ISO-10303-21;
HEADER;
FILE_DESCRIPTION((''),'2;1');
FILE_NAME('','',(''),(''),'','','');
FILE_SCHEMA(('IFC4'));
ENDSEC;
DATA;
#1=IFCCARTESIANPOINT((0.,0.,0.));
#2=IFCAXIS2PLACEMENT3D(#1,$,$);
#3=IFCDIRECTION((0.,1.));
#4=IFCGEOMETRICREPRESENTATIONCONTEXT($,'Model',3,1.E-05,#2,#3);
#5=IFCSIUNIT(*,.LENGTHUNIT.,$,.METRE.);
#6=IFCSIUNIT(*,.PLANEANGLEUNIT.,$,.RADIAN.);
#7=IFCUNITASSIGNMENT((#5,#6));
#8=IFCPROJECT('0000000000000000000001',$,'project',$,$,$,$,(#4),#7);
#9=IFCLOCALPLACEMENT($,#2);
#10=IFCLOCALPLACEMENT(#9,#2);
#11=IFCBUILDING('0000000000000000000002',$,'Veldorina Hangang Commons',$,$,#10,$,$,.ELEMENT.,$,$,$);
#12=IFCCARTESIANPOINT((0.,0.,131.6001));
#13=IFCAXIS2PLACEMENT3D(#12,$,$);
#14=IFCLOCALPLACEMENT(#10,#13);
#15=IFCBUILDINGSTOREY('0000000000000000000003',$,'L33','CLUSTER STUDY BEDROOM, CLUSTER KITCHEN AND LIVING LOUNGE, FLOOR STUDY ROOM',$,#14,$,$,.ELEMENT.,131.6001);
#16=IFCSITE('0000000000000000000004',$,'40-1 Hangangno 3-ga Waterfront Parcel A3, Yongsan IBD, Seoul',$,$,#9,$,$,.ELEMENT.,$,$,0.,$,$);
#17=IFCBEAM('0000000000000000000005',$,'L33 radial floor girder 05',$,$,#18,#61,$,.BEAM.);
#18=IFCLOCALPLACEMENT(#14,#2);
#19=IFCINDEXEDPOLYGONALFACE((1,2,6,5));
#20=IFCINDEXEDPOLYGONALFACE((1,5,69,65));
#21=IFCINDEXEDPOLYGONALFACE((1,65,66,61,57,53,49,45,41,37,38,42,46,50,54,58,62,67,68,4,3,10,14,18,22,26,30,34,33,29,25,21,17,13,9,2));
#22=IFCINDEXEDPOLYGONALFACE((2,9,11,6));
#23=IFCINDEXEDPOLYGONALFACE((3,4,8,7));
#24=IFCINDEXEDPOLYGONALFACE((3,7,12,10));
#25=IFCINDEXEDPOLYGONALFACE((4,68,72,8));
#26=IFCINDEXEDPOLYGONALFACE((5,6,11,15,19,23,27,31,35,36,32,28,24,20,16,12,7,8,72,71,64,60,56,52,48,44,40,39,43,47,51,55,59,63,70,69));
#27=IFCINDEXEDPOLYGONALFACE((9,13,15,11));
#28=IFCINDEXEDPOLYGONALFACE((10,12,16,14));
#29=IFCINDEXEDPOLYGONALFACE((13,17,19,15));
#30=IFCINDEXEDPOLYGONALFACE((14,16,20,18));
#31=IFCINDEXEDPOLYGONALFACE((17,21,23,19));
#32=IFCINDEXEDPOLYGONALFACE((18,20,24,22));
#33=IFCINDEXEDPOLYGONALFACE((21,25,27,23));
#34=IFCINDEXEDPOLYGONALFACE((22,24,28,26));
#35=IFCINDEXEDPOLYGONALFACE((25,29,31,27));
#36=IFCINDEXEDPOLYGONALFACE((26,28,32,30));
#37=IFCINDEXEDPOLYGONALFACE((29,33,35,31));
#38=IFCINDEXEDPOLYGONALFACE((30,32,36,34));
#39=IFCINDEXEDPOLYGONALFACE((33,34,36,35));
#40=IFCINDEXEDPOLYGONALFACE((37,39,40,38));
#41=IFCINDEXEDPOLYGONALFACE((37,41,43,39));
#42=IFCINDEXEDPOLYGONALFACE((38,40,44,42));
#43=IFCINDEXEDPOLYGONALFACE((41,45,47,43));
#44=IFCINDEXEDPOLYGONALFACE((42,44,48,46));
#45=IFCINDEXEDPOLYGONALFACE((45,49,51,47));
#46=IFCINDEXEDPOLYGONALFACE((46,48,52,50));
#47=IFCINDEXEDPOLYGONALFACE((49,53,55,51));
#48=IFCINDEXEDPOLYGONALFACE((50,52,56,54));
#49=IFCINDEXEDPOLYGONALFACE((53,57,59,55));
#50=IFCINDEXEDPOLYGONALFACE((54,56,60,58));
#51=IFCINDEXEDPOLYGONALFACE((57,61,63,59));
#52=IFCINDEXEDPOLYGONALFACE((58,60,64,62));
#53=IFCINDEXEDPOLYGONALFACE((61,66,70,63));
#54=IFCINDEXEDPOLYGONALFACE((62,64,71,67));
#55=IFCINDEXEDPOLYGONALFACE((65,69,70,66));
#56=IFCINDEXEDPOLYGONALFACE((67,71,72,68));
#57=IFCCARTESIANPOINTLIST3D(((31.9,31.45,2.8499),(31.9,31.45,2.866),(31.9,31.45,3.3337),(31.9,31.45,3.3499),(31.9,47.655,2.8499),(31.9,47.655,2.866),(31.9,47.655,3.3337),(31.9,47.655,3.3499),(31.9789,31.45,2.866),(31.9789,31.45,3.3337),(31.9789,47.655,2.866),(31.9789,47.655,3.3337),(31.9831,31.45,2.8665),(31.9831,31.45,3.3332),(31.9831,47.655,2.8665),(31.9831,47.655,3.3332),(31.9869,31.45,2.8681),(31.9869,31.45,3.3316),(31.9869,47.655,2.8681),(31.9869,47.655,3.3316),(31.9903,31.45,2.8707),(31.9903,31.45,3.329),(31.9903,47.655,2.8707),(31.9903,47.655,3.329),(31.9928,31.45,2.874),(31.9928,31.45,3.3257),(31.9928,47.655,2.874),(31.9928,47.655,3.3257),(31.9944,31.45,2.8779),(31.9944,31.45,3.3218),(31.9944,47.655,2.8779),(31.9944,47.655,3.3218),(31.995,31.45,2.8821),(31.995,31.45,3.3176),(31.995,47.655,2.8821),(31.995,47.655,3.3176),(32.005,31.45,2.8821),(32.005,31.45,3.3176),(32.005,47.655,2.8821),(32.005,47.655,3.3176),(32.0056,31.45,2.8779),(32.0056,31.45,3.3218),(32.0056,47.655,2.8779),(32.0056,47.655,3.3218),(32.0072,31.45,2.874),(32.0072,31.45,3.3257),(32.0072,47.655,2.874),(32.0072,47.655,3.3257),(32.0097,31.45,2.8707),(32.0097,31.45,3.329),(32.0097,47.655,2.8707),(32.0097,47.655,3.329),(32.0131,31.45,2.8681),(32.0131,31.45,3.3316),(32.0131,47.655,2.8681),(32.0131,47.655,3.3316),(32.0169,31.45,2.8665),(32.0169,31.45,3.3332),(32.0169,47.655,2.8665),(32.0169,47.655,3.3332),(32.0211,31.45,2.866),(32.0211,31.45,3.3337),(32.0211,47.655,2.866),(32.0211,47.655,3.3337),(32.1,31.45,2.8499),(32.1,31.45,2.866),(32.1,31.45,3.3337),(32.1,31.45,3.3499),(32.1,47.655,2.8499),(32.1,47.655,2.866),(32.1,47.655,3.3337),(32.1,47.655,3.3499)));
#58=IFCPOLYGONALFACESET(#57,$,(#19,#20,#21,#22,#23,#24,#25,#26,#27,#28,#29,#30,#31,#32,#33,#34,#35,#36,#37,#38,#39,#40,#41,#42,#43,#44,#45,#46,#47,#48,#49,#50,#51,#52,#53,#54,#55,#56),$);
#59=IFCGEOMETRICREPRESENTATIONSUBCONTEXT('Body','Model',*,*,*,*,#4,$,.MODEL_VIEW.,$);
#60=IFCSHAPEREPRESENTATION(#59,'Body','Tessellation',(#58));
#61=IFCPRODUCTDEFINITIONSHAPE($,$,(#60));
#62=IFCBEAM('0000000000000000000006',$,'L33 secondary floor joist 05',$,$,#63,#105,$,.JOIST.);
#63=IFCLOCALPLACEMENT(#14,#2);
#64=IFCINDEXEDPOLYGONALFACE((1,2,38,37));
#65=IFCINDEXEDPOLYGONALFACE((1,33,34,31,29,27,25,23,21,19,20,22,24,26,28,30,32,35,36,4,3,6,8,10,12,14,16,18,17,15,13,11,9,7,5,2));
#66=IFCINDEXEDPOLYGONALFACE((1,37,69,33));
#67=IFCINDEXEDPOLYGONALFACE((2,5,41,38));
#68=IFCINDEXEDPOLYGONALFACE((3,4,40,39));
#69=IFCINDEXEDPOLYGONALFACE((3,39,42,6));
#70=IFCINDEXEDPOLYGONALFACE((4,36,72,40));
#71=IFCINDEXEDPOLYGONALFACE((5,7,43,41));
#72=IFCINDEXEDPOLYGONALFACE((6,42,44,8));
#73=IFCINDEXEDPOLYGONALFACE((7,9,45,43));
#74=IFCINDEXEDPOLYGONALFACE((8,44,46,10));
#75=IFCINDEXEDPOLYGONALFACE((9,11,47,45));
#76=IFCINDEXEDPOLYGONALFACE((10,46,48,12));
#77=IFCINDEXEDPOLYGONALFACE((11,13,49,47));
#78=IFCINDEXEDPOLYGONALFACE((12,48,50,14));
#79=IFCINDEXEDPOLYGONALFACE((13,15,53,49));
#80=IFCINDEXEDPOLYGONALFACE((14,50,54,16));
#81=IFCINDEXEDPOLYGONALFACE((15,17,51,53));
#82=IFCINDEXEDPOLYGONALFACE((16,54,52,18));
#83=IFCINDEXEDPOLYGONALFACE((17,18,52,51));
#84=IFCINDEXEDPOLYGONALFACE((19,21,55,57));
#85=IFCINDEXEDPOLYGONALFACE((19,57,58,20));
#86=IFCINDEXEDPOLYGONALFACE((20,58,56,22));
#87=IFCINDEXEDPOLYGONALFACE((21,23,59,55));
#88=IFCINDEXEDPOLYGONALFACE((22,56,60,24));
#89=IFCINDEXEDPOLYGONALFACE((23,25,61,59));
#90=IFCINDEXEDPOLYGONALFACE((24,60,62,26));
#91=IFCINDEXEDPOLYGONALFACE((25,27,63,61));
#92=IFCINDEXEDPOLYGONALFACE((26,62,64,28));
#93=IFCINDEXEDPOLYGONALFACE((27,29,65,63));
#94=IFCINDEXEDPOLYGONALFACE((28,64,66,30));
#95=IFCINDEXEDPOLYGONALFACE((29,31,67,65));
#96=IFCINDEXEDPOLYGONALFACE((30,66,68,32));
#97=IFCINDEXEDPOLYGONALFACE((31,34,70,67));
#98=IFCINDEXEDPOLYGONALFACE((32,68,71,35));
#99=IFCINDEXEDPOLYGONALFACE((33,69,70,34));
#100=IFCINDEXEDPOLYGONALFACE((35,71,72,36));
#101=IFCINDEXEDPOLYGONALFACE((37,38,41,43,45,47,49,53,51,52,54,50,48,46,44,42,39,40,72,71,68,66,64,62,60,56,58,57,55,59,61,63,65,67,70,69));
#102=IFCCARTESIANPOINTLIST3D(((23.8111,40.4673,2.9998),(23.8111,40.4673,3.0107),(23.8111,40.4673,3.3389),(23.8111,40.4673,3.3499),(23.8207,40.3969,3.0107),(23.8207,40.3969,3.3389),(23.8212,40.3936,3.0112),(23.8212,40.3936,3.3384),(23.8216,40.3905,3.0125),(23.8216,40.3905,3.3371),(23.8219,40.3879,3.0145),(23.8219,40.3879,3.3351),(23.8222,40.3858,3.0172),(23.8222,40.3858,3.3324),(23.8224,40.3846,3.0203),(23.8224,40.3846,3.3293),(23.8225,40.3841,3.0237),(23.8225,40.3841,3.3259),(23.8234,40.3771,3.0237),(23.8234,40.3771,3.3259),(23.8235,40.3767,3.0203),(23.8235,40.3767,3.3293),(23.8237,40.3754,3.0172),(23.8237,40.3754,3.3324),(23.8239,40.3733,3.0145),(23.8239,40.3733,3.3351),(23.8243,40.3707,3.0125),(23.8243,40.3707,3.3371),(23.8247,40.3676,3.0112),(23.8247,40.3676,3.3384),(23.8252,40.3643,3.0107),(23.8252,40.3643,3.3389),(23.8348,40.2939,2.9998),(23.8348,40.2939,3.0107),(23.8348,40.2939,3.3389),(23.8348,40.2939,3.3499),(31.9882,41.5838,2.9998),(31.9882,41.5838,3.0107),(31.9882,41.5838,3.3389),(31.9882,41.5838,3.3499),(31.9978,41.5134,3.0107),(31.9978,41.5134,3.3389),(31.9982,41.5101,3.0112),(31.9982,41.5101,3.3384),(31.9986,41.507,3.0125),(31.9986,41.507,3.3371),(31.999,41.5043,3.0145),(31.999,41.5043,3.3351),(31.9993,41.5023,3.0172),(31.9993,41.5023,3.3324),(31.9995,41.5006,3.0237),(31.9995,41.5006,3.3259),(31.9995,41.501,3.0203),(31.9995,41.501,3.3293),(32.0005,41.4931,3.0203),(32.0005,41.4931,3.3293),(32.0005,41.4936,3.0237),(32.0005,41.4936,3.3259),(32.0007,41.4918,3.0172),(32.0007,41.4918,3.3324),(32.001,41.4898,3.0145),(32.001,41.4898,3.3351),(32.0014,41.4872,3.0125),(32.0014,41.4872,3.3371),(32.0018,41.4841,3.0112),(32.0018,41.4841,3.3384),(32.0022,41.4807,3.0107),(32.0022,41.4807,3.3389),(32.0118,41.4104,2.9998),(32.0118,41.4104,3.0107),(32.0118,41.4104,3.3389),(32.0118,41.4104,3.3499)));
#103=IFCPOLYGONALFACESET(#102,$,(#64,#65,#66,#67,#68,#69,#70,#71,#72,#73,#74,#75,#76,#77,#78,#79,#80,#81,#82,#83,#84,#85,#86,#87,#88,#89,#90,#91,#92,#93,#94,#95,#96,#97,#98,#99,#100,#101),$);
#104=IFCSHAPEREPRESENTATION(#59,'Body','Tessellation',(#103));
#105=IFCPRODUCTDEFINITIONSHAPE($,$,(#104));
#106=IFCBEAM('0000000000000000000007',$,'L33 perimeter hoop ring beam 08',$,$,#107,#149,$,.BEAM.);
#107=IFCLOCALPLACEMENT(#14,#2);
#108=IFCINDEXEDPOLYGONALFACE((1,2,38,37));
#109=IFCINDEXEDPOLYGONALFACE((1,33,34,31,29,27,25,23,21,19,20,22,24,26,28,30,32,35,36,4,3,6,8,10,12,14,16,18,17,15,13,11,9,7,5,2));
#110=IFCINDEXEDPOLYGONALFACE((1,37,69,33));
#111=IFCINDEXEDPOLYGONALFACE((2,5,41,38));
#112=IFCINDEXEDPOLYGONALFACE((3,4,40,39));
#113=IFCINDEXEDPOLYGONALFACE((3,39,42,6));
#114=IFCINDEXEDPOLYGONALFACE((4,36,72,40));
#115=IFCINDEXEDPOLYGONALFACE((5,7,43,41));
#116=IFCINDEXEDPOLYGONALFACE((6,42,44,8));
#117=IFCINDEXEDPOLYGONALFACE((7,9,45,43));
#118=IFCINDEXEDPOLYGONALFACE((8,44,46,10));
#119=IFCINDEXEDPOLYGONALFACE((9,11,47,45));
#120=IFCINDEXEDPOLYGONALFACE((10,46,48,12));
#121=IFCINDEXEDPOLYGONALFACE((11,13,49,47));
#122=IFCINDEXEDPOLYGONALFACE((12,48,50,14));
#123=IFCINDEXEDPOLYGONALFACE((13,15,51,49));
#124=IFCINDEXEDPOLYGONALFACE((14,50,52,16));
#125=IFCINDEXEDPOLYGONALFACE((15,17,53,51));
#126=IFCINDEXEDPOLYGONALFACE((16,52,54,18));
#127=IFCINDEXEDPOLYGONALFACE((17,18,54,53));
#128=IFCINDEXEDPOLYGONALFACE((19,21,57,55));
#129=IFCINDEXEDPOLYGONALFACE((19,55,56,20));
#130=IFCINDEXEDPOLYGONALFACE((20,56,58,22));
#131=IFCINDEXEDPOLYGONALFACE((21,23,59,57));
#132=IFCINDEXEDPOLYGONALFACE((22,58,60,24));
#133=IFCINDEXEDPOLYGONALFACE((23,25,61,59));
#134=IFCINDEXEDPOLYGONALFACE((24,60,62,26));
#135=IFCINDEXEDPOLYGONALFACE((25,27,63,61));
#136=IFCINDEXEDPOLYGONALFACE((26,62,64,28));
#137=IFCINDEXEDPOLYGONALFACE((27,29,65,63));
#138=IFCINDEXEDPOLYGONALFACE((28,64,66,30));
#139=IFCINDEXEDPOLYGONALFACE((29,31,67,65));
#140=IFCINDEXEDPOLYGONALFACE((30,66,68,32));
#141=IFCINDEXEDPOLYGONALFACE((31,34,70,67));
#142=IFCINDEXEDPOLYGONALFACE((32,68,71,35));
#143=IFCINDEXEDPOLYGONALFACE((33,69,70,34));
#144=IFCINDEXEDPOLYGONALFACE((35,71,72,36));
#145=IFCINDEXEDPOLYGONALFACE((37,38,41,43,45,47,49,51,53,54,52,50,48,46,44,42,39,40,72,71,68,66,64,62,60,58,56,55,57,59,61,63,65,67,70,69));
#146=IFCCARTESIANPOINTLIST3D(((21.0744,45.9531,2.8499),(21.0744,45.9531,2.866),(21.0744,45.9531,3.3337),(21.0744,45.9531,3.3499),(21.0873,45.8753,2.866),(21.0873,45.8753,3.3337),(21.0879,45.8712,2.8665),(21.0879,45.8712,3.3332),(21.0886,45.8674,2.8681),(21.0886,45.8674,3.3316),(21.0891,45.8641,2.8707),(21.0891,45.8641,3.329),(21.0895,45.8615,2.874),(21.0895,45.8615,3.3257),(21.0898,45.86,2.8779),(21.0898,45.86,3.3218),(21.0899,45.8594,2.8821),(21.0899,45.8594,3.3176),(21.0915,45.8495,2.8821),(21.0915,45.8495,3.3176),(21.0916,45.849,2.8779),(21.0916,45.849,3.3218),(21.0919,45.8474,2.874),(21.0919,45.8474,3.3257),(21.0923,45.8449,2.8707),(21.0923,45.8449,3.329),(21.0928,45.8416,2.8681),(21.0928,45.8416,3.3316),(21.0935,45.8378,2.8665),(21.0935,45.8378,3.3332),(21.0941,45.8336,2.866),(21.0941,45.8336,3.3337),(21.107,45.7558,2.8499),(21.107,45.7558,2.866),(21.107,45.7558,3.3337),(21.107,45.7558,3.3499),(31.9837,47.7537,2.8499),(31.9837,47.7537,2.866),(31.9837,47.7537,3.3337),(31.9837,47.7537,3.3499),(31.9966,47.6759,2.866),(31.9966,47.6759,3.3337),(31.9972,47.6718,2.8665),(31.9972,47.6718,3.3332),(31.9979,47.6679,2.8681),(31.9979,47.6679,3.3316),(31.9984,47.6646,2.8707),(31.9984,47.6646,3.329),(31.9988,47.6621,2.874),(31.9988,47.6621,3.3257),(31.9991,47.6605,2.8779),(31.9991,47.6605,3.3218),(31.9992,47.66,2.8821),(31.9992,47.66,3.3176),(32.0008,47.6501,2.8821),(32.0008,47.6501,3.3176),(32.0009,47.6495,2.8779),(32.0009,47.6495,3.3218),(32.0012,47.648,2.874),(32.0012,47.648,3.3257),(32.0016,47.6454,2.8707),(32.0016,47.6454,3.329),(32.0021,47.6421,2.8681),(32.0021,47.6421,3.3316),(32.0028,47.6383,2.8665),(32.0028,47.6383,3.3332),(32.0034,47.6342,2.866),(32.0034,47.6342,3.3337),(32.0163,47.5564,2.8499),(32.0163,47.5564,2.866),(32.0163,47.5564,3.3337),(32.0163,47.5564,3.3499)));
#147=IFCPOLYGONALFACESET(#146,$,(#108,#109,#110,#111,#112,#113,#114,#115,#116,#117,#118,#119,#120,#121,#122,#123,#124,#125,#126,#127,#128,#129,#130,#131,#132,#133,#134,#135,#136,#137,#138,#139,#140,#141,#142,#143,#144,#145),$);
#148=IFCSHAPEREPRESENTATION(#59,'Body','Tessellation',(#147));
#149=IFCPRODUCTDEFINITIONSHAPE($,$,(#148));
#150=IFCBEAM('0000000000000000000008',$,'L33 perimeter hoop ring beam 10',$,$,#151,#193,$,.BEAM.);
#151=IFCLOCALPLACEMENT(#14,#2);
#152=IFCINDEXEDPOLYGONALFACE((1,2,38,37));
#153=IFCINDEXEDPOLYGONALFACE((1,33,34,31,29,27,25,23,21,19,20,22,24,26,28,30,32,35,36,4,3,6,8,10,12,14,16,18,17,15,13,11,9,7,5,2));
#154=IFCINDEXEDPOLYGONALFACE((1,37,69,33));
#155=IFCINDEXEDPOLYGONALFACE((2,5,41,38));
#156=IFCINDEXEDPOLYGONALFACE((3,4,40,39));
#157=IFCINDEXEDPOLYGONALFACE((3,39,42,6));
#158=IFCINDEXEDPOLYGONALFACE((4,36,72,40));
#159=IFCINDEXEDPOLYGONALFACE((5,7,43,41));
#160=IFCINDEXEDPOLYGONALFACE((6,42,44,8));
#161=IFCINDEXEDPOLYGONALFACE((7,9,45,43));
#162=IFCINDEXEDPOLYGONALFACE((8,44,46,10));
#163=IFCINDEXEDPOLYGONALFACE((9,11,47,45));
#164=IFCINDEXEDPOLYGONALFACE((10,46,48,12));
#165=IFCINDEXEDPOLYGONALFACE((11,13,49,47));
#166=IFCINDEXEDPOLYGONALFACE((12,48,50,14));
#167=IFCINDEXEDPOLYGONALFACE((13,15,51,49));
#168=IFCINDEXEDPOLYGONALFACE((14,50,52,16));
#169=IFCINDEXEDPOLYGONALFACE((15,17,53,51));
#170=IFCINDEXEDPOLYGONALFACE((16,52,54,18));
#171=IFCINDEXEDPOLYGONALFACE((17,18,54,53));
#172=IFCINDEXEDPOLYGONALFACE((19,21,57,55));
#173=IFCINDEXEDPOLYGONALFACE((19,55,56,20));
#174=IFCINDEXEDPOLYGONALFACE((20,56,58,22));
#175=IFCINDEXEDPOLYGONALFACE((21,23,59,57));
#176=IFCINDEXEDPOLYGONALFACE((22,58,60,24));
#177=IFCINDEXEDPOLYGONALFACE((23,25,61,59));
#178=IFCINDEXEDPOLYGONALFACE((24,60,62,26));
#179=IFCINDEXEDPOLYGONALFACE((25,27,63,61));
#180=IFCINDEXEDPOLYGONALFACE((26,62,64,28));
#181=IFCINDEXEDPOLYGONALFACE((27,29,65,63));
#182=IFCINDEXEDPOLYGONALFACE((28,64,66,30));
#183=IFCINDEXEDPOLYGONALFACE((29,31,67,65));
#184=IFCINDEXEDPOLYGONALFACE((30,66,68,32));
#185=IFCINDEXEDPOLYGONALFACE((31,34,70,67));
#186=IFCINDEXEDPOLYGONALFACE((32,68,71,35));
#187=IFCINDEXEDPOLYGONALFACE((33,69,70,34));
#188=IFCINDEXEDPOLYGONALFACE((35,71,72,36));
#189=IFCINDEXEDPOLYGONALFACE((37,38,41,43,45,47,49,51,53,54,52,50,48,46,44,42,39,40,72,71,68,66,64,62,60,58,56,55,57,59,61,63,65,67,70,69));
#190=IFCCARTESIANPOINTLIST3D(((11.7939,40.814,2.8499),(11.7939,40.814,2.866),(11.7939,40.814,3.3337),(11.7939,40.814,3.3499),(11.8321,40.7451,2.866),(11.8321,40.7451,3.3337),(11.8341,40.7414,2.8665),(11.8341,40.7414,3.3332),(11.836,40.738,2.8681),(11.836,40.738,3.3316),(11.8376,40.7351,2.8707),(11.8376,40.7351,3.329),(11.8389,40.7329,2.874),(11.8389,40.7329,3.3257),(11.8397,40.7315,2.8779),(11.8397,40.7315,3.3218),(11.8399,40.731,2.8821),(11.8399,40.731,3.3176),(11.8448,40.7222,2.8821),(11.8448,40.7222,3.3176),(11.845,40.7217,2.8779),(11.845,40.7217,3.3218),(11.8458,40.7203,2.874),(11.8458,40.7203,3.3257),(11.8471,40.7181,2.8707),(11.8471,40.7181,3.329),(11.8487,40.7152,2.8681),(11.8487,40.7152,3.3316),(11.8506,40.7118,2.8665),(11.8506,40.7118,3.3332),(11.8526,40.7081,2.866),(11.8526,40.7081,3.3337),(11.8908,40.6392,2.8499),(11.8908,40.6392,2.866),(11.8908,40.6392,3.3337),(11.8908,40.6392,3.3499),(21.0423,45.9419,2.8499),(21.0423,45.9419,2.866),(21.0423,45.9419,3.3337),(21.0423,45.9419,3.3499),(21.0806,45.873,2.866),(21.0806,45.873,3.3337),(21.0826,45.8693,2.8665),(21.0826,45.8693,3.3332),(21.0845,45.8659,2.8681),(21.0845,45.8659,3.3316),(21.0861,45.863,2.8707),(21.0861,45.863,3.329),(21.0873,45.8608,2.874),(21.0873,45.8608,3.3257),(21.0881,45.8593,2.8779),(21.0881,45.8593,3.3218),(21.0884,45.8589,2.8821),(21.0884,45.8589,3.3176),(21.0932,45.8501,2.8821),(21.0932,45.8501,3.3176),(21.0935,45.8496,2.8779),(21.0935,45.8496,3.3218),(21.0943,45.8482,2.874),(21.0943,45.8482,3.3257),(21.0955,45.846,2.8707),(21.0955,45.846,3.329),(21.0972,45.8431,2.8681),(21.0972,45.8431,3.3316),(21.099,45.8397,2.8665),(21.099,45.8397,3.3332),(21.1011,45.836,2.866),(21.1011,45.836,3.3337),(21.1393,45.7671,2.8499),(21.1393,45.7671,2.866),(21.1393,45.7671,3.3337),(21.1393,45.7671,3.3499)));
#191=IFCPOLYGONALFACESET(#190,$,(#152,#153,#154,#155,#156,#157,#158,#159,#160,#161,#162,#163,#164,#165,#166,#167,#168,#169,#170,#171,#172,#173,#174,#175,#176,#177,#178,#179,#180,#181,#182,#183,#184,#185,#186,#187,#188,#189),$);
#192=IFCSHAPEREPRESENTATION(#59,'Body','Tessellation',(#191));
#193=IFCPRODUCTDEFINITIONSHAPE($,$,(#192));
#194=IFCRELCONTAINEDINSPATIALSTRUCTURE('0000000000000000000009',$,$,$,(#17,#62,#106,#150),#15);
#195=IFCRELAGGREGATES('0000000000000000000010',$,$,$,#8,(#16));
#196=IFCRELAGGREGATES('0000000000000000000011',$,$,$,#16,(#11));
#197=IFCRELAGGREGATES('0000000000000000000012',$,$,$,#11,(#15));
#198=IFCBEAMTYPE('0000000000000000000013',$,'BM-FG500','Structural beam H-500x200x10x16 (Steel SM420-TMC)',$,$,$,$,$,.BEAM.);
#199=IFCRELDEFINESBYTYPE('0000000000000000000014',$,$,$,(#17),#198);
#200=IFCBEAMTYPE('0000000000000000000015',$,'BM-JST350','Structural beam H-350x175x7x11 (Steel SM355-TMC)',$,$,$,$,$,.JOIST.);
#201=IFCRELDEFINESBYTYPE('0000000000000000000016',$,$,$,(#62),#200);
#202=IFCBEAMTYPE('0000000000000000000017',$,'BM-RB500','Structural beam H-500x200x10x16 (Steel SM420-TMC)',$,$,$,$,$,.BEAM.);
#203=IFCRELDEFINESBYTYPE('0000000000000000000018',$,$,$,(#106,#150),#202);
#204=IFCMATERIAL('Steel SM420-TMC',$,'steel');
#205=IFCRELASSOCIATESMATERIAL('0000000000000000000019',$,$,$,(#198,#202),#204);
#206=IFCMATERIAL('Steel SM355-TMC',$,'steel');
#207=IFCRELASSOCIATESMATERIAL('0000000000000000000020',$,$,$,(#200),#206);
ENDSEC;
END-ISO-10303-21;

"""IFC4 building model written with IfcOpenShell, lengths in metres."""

from ifc_helpers import new_model, si_unit, direction, frame, origin, origin_2d, place, context, subcontext, project, spatial, i_section, extrude, material, material_profile, profile_set, type_object, element, save


model = new_model("IFC4")

# Units and contexts
model_context = context("Model", 3, precision=1e-05, world=origin(), true_north=direction((0.0, 1.0)))
body_context = subcontext(model_context, "Body", "Model", "MODEL_VIEW")
ifc_project = project(units=[si_unit("LENGTHUNIT", "METRE"), si_unit("PLANEANGLEUNIT", "RADIAN")], contexts=[model_context])

# Site, building, storey
site_placement = place(None, origin())
site = spatial("IfcSite", under=ifc_project, at=site_placement, Name="40-1 Hangangno 3-ga Waterfront Parcel A3, Yongsan IBD, Seoul", CompositionType="ELEMENT", RefElevation=0.0)
building_placement = place(site_placement, origin())
building = spatial("IfcBuilding", under=site, at=building_placement, Name="Veldorina Hangang Commons", CompositionType="ELEMENT")
storey_placement = place(building_placement, frame((0.0, 0.0, 131.6001)))
storey = spatial("IfcBuildingStorey", under=building, at=storey_placement, Name="L33", Description="CLUSTER STUDY BEDROOM, CLUSTER KITCHEN AND LIVING LOUNGE, FLOOR STUDY ROOM", CompositionType="ELEMENT", Elevation=131.6001)

# Beams
ifc_material_1 = material(Name="Steel SM420-TMC", Category="steel")
ifc_material_profile_1 = material_profile(ifc_material_1, i_section(OverallWidth=0.2, OverallDepth=0.5, WebThickness=0.01, FlangeThickness=0.0161, FilletRadius=0.0161, at=origin_2d()), Name="H-500x200x10x16")
ifc_profile_set_1 = profile_set([ifc_material_profile_1], Name="Steel SM420-TMC")
beam_type_1 = type_object("IfcBeamType", Name="BM-FG500", Description="Structural beam H-500x200x10x16 (Steel SM420-TMC)", PredefinedType="BEAM", material=ifc_profile_set_1)
beam_1_placement = place(storey_placement, frame((32.0, 31.45, 3.0999), z_axis=(0.0, 1.0, 0.0), x_axis=(-1.0, 0.0, 0.0)))
element("IfcBeam", 1, at=beam_1_placement, inside=storey, type_object=beam_type_1, Name="L33 radial floor girder 05", PredefinedType="BEAM", context=body_context, shape_type="SweptSolid", body=[
    extrude(i_section(OverallWidth=0.2, OverallDepth=0.5, WebThickness=0.01, FlangeThickness=0.0161, FilletRadius=0.0161, at=origin_2d()), origin(), (0.0, 0.0, 1.0), 16.2051),
])
ifc_material_2 = material(Name="Steel SM355-TMC", Category="steel")
ifc_material_profile_2 = material_profile(ifc_material_2, i_section(OverallWidth=0.175, OverallDepth=0.3501, WebThickness=0.0071, FlangeThickness=0.011, FilletRadius=0.0129, at=origin_2d()), Name="H-350x175x7x11")
ifc_profile_set_2 = profile_set([ifc_material_profile_2], Name="Steel SM355-TMC")
beam_type_2 = type_object("IfcBeamType", Name="BM-JST350", Description="Structural beam H-350x175x7x11 (Steel SM355-TMC)", PredefinedType="JOIST", material=ifc_profile_set_2)
beam_2_placement = place(storey_placement, frame((32.0, 41.4971, 3.1748), z_axis=(-0.990807, -0.135281, 0.0), x_axis=(0.135281, -0.990807, 0.0)))
element("IfcBeam", 2, at=beam_2_placement, inside=storey, type_object=beam_type_2, Name="L33 secondary floor joist 05", PredefinedType="JOIST", context=body_context, shape_type="SweptSolid", body=[
    extrude(i_section(OverallWidth=0.175, OverallDepth=0.3501, WebThickness=0.0071, FlangeThickness=0.011, FilletRadius=0.0129, at=origin_2d()), origin(), (0.0, 0.0, 1.0), 8.2529),
])
ifc_material_profile_3 = material_profile(ifc_material_1, i_section(OverallWidth=0.2, OverallDepth=0.5, WebThickness=0.01, FlangeThickness=0.0161, FilletRadius=0.0161, at=origin_2d()), Name="H-500x200x10x16")
ifc_profile_set_3 = profile_set([ifc_material_profile_3], Name="Steel SM420-TMC")
beam_type_3 = type_object("IfcBeamType", Name="BM-RB500", Description="Structural beam H-500x200x10x16 (Steel SM420-TMC)", PredefinedType="BEAM", material=ifc_profile_set_3)
beam_3_placement = place(storey_placement, frame((32.0, 47.655, 3.0999), z_axis=(-0.986652, -0.162845, 0.0), x_axis=(0.162845, -0.986652, 0.0)))
element("IfcBeam", 3, at=beam_3_placement, inside=storey, type_object=beam_type_3, Name="L33 perimeter hoop ring beam 08", PredefinedType="BEAM", context=body_context, shape_type="SweptSolid", body=[
    extrude(i_section(OverallWidth=0.2, OverallDepth=0.5, WebThickness=0.01, FlangeThickness=0.0161, FilletRadius=0.0161, at=origin_2d()), origin(), (0.0, 0.0, 1.0), 11.0569),
])
beam_4_placement = place(storey_placement, frame((21.0908, 45.8545, 3.0999), z_axis=(-0.874564, -0.48491, 0.0), x_axis=(0.48491, -0.874564, 0.0)))
element("IfcBeam", 4, at=beam_4_placement, inside=storey, type_object=beam_type_3, Name="L33 perimeter hoop ring beam 10", PredefinedType="BEAM", context=body_context, shape_type="SweptSolid", body=[
    extrude(i_section(OverallWidth=0.2, OverallDepth=0.5, WebThickness=0.01, FlangeThickness=0.0161, FilletRadius=0.0161, at=origin_2d()), origin(), (0.0, 0.0, 1.0), 10.575),
])

save(model, "model.ifc")
